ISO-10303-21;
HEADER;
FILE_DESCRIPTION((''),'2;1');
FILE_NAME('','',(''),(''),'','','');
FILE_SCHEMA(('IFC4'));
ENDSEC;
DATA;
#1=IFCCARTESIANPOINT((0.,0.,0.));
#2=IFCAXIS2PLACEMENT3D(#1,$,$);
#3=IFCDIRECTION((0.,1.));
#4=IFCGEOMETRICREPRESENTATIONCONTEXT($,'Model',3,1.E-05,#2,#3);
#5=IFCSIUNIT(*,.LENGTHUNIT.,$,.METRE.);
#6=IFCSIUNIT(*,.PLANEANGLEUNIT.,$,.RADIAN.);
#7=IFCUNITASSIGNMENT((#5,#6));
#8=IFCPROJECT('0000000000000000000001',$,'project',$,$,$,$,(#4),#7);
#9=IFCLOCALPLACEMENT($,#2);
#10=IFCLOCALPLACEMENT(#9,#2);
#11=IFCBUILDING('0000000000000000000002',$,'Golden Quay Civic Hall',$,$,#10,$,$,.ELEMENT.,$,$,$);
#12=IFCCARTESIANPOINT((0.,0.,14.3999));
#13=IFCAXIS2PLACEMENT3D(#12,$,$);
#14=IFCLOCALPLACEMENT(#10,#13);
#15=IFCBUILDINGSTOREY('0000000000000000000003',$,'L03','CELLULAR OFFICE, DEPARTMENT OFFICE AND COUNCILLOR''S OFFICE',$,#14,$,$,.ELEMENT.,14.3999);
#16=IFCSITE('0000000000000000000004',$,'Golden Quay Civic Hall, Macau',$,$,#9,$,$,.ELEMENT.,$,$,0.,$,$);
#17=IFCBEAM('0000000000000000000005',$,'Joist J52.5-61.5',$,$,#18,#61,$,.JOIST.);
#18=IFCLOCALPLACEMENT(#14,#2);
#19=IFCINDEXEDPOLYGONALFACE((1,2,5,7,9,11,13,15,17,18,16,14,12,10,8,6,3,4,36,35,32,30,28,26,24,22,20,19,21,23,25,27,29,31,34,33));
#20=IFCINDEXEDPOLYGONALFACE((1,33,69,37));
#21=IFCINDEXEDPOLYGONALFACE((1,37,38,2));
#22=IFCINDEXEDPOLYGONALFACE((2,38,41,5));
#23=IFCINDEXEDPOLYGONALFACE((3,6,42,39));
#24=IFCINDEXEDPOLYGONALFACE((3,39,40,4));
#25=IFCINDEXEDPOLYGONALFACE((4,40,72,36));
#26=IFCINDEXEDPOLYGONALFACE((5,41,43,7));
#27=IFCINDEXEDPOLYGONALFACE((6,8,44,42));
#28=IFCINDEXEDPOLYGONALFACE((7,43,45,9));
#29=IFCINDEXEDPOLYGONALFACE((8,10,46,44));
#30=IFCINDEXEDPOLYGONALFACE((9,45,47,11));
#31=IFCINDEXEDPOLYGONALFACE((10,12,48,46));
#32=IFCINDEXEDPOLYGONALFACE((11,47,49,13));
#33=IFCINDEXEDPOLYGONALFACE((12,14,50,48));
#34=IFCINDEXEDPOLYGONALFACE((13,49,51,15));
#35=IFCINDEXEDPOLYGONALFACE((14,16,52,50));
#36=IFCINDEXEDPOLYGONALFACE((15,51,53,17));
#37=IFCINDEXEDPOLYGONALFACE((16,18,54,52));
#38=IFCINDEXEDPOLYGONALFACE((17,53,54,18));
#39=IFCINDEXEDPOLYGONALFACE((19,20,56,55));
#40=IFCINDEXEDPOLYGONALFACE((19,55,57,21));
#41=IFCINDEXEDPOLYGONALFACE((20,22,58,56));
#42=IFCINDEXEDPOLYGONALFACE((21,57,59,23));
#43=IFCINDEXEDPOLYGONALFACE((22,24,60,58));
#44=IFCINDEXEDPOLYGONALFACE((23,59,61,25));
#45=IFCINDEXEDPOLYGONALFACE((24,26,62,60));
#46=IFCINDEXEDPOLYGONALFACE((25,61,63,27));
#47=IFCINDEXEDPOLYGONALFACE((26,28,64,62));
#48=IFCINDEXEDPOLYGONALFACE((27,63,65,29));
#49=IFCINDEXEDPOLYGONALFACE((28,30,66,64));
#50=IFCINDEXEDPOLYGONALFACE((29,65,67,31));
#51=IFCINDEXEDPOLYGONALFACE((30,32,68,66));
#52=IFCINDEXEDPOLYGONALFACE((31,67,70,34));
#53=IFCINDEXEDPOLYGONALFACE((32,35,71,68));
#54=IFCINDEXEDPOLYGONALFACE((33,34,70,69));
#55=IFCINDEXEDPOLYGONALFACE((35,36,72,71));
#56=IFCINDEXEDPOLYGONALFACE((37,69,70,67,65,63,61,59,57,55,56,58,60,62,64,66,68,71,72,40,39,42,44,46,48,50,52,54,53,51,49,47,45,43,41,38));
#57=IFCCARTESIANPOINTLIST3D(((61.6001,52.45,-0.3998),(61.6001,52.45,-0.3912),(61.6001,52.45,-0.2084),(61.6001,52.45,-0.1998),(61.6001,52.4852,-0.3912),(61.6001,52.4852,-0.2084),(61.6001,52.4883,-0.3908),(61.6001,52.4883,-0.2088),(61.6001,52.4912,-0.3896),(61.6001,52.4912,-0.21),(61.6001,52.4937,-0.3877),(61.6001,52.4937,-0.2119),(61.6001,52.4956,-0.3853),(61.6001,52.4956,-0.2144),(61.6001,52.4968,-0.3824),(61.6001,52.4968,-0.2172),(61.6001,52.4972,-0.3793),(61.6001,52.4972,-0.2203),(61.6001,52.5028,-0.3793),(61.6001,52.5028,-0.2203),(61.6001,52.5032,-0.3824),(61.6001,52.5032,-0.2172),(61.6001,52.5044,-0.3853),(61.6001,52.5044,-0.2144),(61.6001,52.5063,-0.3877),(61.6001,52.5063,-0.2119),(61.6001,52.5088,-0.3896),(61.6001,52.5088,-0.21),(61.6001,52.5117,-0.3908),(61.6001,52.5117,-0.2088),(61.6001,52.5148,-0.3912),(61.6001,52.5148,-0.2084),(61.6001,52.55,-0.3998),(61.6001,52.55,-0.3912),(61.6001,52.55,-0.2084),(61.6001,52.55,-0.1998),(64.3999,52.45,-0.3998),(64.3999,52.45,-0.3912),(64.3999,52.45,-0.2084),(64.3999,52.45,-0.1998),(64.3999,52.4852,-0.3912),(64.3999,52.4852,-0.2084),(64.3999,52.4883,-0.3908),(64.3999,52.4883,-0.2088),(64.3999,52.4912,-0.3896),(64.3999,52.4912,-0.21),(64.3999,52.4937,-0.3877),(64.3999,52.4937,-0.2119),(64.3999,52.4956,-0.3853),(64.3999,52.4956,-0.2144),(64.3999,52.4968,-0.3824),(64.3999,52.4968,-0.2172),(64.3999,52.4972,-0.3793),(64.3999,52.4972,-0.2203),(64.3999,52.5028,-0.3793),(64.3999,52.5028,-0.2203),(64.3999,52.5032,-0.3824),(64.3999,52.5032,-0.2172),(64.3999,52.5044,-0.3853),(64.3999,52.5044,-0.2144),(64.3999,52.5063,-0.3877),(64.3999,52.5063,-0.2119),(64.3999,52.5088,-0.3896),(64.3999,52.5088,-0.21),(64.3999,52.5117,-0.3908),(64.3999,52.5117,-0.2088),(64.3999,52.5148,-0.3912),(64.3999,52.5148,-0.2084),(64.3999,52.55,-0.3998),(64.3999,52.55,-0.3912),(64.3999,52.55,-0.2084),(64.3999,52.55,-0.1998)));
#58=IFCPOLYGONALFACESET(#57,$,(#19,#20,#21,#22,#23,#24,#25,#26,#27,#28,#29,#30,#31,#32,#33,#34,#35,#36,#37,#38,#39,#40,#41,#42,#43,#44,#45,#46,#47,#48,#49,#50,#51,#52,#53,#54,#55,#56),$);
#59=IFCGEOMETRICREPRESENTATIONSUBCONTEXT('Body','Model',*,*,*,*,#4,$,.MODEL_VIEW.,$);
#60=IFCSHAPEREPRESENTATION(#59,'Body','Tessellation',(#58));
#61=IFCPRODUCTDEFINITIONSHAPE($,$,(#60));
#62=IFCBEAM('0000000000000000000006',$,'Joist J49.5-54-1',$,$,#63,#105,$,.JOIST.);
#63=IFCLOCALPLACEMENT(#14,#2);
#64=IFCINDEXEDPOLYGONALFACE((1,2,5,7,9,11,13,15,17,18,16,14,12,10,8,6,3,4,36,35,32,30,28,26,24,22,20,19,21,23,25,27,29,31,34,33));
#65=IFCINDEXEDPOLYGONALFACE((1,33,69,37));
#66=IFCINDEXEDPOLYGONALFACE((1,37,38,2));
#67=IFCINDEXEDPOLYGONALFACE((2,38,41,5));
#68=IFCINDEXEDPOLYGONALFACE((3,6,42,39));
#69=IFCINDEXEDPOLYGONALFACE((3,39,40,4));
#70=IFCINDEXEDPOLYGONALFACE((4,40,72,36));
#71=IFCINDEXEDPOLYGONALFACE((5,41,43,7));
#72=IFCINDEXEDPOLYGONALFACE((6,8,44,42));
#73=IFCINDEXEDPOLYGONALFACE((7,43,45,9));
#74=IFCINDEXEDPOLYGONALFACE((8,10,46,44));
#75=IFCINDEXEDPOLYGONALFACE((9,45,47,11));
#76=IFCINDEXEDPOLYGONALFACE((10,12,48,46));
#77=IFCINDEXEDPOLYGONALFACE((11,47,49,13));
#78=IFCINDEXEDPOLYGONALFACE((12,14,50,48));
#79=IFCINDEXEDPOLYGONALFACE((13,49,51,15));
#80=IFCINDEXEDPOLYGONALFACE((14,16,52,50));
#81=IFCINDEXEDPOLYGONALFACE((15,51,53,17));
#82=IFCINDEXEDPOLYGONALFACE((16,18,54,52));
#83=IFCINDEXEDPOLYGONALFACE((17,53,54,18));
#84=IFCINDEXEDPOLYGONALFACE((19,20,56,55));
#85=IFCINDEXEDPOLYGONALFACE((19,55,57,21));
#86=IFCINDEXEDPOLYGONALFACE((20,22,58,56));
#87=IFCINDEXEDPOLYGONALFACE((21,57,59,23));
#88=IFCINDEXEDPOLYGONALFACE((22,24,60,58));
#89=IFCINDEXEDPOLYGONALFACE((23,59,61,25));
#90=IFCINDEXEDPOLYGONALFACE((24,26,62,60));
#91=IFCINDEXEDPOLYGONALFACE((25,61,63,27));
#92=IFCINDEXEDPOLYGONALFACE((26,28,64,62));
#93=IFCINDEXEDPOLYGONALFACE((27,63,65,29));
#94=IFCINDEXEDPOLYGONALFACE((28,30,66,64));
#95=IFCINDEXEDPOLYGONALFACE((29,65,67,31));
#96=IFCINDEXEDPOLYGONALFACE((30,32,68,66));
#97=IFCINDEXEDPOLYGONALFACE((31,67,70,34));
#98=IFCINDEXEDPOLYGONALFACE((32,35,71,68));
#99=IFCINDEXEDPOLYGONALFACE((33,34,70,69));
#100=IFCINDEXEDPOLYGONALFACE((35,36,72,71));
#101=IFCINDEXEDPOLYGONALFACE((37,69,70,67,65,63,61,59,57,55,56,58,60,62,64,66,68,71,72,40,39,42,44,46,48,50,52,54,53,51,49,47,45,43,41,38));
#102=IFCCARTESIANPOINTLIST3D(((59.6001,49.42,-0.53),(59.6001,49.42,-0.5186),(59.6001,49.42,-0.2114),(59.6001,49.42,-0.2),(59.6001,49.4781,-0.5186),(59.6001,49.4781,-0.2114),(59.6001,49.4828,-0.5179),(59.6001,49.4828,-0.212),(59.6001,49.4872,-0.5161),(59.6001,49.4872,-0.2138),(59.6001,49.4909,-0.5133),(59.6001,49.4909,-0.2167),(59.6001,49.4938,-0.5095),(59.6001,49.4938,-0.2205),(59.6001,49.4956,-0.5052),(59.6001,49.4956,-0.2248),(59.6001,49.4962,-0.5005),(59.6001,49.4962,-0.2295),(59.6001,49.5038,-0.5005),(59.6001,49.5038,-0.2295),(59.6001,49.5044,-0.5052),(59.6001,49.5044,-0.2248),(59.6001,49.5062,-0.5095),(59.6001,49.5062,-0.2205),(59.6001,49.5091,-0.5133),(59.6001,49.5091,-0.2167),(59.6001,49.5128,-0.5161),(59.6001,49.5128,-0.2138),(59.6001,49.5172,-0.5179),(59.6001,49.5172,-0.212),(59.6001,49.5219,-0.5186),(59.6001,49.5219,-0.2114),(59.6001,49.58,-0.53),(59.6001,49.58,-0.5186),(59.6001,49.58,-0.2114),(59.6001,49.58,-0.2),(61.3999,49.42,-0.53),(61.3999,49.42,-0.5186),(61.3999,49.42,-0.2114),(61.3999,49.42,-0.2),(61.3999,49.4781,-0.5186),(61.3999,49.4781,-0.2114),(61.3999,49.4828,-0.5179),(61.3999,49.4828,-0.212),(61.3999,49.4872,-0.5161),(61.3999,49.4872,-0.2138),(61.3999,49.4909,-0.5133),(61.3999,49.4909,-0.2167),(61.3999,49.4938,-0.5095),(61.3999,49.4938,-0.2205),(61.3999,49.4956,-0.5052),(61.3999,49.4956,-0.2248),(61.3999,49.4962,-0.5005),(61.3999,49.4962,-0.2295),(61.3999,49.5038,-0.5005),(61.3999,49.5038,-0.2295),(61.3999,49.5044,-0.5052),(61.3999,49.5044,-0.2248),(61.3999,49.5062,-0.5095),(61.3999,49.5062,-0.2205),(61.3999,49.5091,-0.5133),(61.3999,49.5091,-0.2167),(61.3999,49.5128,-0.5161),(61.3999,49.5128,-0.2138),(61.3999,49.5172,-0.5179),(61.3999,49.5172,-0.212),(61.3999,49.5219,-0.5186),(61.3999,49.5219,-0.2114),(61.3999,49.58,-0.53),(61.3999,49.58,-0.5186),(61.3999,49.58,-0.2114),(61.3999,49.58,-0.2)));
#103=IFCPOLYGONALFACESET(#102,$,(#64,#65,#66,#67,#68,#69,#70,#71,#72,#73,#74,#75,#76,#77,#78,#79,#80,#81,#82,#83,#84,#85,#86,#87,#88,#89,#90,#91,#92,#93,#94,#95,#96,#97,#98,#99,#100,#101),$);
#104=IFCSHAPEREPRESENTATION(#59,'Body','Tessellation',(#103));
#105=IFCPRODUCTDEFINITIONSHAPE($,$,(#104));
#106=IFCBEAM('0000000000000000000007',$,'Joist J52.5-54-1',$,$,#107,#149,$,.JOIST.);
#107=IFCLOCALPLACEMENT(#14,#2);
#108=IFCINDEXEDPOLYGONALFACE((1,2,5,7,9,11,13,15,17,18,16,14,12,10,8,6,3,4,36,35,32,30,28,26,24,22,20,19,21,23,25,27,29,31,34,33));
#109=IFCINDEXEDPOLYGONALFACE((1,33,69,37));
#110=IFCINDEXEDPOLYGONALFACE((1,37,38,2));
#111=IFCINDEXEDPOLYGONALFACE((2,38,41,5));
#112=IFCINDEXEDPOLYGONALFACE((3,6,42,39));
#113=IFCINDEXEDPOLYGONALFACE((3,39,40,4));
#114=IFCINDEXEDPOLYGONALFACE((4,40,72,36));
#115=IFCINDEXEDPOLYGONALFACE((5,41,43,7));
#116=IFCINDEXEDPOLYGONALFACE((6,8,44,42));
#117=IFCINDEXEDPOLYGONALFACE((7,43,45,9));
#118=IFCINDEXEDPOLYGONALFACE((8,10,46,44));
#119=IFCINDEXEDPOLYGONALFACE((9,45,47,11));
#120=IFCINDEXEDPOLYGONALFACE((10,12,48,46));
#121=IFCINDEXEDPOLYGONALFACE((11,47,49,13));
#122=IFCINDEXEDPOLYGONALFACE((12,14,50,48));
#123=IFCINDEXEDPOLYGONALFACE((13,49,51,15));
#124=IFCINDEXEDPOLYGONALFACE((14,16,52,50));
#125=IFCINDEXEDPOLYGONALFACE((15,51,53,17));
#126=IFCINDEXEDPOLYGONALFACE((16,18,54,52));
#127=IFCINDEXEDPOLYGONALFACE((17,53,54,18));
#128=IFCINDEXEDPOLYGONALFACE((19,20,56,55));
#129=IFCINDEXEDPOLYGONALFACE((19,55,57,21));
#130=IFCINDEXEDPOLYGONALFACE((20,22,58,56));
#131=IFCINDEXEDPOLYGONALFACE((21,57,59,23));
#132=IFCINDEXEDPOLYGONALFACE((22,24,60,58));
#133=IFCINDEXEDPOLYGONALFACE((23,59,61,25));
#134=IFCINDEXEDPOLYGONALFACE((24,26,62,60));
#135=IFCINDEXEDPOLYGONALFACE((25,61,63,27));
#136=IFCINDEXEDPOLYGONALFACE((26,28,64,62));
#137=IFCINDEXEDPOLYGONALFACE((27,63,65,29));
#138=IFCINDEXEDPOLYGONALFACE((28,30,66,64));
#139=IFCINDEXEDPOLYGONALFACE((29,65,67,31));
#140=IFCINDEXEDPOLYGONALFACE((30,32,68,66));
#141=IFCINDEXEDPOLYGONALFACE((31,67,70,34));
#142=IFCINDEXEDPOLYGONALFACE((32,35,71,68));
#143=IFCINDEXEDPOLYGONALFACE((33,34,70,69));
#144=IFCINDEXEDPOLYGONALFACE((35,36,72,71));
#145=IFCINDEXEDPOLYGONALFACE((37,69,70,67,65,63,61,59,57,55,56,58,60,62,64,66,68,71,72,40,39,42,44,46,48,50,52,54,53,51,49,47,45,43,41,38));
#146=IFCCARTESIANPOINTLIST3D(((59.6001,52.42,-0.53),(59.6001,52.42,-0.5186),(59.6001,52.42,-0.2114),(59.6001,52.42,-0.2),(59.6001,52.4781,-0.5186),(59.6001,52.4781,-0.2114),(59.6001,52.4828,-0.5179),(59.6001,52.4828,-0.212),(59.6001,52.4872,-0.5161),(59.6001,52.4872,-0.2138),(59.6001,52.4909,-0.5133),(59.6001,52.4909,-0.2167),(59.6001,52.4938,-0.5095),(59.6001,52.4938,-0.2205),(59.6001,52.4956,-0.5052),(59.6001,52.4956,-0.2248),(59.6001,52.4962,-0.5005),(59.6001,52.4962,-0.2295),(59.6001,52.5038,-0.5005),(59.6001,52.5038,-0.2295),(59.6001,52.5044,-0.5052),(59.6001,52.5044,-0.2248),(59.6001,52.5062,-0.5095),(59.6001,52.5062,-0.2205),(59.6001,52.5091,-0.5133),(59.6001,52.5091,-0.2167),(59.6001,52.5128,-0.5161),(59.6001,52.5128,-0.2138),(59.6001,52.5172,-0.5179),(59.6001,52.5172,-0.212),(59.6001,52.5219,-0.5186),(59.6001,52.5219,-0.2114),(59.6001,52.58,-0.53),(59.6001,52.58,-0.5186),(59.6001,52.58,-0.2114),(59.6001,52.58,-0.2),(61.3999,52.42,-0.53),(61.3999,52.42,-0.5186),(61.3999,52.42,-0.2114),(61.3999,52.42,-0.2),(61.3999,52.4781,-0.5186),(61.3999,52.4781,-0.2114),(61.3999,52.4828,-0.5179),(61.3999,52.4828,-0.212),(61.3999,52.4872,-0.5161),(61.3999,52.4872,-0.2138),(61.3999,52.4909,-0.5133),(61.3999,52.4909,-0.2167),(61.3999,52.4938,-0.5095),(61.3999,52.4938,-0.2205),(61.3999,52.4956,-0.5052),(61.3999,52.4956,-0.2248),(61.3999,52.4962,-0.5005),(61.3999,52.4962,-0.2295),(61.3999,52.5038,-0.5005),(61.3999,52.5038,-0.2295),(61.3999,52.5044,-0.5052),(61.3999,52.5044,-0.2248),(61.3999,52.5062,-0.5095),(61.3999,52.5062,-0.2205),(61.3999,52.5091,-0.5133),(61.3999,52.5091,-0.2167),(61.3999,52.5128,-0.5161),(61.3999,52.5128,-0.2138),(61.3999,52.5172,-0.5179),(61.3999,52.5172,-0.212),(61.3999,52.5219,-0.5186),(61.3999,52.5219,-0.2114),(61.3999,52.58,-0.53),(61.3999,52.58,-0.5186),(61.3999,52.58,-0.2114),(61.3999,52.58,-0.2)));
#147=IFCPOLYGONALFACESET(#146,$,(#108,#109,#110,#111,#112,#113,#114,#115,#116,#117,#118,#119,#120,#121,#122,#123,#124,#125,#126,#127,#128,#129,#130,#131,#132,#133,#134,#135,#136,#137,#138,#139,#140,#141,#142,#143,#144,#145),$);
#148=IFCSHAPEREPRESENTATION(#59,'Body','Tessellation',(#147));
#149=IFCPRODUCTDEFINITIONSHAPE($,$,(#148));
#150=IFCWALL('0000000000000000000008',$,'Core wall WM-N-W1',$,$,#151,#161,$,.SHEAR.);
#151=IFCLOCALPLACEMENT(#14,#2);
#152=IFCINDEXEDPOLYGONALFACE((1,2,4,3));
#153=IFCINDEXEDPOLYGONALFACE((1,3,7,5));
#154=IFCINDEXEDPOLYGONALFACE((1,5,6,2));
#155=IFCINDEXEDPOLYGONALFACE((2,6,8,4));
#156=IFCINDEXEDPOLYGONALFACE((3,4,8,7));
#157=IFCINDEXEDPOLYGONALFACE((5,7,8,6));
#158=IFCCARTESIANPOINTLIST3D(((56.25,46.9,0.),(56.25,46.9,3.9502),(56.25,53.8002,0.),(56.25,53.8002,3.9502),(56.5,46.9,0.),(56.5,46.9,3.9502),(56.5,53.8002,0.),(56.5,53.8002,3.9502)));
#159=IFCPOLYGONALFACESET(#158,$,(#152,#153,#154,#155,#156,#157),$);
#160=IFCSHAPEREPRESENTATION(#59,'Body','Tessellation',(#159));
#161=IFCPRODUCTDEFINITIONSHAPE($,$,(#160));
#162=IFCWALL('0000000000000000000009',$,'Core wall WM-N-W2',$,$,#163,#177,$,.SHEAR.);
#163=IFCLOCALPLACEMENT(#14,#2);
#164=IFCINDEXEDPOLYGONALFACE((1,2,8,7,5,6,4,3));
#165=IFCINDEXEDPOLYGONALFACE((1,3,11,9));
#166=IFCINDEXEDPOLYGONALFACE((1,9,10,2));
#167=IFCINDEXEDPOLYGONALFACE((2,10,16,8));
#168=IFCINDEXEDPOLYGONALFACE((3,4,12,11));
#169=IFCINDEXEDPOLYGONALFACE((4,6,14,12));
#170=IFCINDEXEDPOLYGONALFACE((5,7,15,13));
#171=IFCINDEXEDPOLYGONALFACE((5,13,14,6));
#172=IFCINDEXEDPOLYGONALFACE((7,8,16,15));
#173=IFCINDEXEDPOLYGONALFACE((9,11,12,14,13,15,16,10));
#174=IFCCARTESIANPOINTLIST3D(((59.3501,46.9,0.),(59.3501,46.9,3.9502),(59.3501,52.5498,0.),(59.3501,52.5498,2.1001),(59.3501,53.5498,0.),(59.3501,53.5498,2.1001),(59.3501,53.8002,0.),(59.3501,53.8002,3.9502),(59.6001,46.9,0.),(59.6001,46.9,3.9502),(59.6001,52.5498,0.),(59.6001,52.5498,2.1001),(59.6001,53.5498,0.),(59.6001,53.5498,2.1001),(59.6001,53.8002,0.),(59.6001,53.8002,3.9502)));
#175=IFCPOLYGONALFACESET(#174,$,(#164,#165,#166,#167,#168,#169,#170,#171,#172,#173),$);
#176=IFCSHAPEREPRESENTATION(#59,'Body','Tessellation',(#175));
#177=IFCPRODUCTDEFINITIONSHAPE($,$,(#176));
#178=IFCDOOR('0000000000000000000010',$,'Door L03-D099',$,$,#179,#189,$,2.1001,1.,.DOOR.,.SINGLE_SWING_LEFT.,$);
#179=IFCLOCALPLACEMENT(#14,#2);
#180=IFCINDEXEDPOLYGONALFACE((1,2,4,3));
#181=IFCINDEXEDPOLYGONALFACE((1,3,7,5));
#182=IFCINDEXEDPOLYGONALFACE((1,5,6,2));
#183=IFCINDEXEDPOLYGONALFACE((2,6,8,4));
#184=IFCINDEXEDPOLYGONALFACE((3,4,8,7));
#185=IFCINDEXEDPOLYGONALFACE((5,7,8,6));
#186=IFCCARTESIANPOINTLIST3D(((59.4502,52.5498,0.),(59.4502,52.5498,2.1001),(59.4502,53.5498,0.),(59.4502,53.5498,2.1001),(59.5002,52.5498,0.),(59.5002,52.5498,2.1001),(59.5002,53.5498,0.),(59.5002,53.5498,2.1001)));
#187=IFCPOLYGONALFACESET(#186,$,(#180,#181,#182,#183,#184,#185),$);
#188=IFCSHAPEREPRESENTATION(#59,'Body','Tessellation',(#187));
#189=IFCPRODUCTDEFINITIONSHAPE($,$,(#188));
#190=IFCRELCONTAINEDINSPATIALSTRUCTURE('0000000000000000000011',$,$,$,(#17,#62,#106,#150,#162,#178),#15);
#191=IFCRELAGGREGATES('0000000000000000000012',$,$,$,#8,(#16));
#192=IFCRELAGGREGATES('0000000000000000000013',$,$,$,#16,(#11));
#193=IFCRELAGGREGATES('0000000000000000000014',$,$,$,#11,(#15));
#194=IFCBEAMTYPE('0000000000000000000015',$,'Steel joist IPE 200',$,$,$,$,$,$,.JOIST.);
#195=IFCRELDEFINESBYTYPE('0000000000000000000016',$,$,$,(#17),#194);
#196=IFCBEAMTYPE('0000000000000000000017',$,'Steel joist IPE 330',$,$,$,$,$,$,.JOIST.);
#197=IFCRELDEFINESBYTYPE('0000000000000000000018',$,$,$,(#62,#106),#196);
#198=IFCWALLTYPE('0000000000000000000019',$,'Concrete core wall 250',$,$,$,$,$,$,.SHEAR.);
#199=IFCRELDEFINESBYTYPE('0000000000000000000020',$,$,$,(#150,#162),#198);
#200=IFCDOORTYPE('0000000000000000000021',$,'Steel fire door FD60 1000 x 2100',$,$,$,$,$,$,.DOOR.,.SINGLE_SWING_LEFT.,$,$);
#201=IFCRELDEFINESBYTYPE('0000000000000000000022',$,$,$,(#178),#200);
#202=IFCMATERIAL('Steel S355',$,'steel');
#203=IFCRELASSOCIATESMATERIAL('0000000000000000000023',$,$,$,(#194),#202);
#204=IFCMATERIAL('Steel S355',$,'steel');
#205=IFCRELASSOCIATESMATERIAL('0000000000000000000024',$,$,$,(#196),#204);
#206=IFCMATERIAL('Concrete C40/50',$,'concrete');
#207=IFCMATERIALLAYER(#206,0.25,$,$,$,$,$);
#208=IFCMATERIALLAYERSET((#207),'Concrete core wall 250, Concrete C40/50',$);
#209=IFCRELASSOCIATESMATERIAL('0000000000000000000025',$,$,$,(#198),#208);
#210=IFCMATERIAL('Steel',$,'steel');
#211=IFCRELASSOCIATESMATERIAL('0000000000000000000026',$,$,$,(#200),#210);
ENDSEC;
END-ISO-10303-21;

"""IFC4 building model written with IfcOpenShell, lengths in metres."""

from ifc_helpers import new_model, si_unit, direction, frame, frame_2d, origin, origin_2d, place, context, subcontext, project, spatial, rectangle, i_section, extrude, material, layer, layer_set, material_profile, profile_set, type_object, element, fill, save


model = new_model("IFC4")

# Units and contexts
model_context = context("Model", 3, precision=1e-05, world=origin(), true_north=direction((0.0, 1.0)))
body_context = subcontext(model_context, "Body", "Model", "MODEL_VIEW")
ifc_project = project(units=[si_unit("LENGTHUNIT", "METRE"), si_unit("PLANEANGLEUNIT", "RADIAN")], contexts=[model_context])

# Site, building, storey
site_placement = place(None, origin())
site = spatial("IfcSite", under=ifc_project, at=site_placement, Name="Golden Quay Civic Hall, Macau", CompositionType="ELEMENT", RefElevation=0.0)
building_placement = place(site_placement, origin())
building = spatial("IfcBuilding", under=site, at=building_placement, Name="Golden Quay Civic Hall", CompositionType="ELEMENT")
storey_placement = place(building_placement, frame((0.0, 0.0, 14.3999)))
storey = spatial("IfcBuildingStorey", under=building, at=storey_placement, Name="L03", Description="CELLULAR OFFICE, DEPARTMENT OFFICE AND COUNCILLOR'S OFFICE", CompositionType="ELEMENT", Elevation=14.3999)

# Beams
ifc_material_1 = material(Name="Steel S355", Category="steel")
ifc_material_profile_1 = material_profile(ifc_material_1, i_section(OverallWidth=0.1001, OverallDepth=0.2, WebThickness=0.0056, FlangeThickness=0.0085, FilletRadius=0.012, at=origin_2d()), Name="IPE 200")
ifc_profile_set_1 = profile_set([ifc_material_profile_1], Name="Steel S355")
beam_type_1 = type_object("IfcBeamType", Name="Steel joist IPE 200", PredefinedType="JOIST", material=ifc_profile_set_1)
for number, where, z_axis, x_axis, name in (
    (1, (61.6001, 52.5, -0.2998), (1.0, 0.0, 0.0), (0.0, 1.0, 0.0), "Joist J52.5-61.5"),
):
    element("IfcBeam", number, at=place(storey_placement, frame(where, z_axis=z_axis, x_axis=x_axis)), inside=storey, type_object=beam_type_1, Name=name, PredefinedType="JOIST", context=body_context, shape_type="SweptSolid", body=[
        extrude(i_section(OverallWidth=0.1001, OverallDepth=0.2, WebThickness=0.0056, FlangeThickness=0.0085, FilletRadius=0.012, at=origin_2d()), origin(), (0.0, 0.0, 1.0), 2.7998),
    ])
ifc_material_2 = material(Name="Steel S355", Category="steel")
ifc_material_profile_2 = material_profile(ifc_material_2, i_section(OverallWidth=0.1599, OverallDepth=0.3301, WebThickness=0.0076, FlangeThickness=0.0115, FilletRadius=0.0181, at=origin_2d()), Name="IPE 330")
ifc_profile_set_2 = profile_set([ifc_material_profile_2], Name="Steel S355")
beam_type_2 = type_object("IfcBeamType", Name="Steel joist IPE 330", PredefinedType="JOIST", material=ifc_profile_set_2)
for number, where, z_axis, x_axis, name in (
    (2, (59.6001, 49.5, -0.365), (1.0, 0.0, 0.0), (0.0, 1.0, 0.0), "Joist J49.5-54-1"),
    (3, (59.6001, 52.5, -0.365), (1.0, 0.0, 0.0), (0.0, 1.0, 0.0), "Joist J52.5-54-1"),
):
    element("IfcBeam", number, at=place(storey_placement, frame(where, z_axis=z_axis, x_axis=x_axis)), inside=storey, type_object=beam_type_2, Name=name, PredefinedType="JOIST", context=body_context, shape_type="SweptSolid", body=[
        extrude(i_section(OverallWidth=0.1599, OverallDepth=0.3301, WebThickness=0.0076, FlangeThickness=0.0115, FilletRadius=0.0181, at=origin_2d()), origin(), (0.0, 0.0, 1.0), 1.7998),
    ])

# Wall
ifc_material_3 = material(Name="Concrete C40/50", Category="concrete")
ifc_layer_1 = layer(ifc_material_3, 0.25)
ifc_layer_set_1 = layer_set([ifc_layer_1], Name="Concrete core wall 250, Concrete C40/50")
wall_type_1 = type_object("IfcWallType", Name="Concrete core wall 250", PredefinedType="SHEAR", material=ifc_layer_set_1)
wall_1_placement = place(storey_placement, frame((56.375, 46.8999, 0.0), z_axis=(0.0, 0.0, 1.0), x_axis=(0.0, 1.0, 0.0)))
element("IfcWall", 4, at=wall_1_placement, inside=storey, type_object=wall_type_1, Name="Core wall WM-N-W1", PredefinedType="SHEAR", context=body_context, shape_type="SweptSolid", body=[
    extrude(rectangle(XDim=6.9001, YDim=0.25, at=frame_2d((3.4502, 0.0))), origin(), (0.0, 0.0, 1.0), 3.9502),
])

# Wall, opening, door
wall_2_placement = place(storey_placement, frame((59.4751, 46.8999, 0.0), z_axis=(0.0, 0.0, 1.0), x_axis=(0.0, 1.0, 0.0)))
wall_2 = element("IfcWall", 5, at=wall_2_placement, inside=storey, type_object=wall_type_1, Name="Core wall WM-N-W2", PredefinedType="SHEAR", context=body_context, shape_type="SweptSolid", body=[
    extrude(rectangle(XDim=6.9001, YDim=0.25, at=frame_2d((3.4502, 0.0))), origin(), (0.0, 0.0, 1.0), 3.9502),
])
opening_1_placement = place(wall_2_placement, frame((5.6499, 0.0, 0.0)))
opening_1 = element("IfcOpeningElement", 6, at=opening_1_placement, cuts=wall_2, PredefinedType="OPENING", context=body_context, shape_type="SweptSolid", body=[
    extrude(rectangle(XDim=1.0, YDim=2.1001, at=frame_2d((0.5, 1.05))), frame((0.0, 0.135, 0.0), z_axis=(0.0, -1.0, 0.0), x_axis=(1.0, 0.0, 0.0)), (0.0, 0.0, 1.0), 0.27),
])
ifc_material_4 = material(Name="Steel", Category="steel")
door_type_1 = type_object("IfcDoorType", Name="Steel fire door FD60 1000 x 2100", OperationType="SINGLE_SWING_LEFT", PredefinedType="DOOR", material=ifc_material_4)
door_1_placement = place(opening_1_placement, origin())
door_1 = element("IfcDoor", 7, at=door_1_placement, inside=storey, type_object=door_type_1, Name="Door L03-D099", OperationType="SINGLE_SWING_LEFT", OverallHeight=2.1001, OverallWidth=1.0, PredefinedType="DOOR", context=body_context, shape_type="SweptSolid", body=[
    extrude(rectangle(XDim=1.0, YDim=2.1001, at=frame_2d((0.5, 1.05))), frame((0.0, 0.0249, 0.0), z_axis=(0.0, -1.0, 0.0), x_axis=(1.0, 0.0, 0.0)), (0.0, 0.0, 1.0), 0.05),
])
fill(opening_1, door_1)

save(model, "model.ifc")
